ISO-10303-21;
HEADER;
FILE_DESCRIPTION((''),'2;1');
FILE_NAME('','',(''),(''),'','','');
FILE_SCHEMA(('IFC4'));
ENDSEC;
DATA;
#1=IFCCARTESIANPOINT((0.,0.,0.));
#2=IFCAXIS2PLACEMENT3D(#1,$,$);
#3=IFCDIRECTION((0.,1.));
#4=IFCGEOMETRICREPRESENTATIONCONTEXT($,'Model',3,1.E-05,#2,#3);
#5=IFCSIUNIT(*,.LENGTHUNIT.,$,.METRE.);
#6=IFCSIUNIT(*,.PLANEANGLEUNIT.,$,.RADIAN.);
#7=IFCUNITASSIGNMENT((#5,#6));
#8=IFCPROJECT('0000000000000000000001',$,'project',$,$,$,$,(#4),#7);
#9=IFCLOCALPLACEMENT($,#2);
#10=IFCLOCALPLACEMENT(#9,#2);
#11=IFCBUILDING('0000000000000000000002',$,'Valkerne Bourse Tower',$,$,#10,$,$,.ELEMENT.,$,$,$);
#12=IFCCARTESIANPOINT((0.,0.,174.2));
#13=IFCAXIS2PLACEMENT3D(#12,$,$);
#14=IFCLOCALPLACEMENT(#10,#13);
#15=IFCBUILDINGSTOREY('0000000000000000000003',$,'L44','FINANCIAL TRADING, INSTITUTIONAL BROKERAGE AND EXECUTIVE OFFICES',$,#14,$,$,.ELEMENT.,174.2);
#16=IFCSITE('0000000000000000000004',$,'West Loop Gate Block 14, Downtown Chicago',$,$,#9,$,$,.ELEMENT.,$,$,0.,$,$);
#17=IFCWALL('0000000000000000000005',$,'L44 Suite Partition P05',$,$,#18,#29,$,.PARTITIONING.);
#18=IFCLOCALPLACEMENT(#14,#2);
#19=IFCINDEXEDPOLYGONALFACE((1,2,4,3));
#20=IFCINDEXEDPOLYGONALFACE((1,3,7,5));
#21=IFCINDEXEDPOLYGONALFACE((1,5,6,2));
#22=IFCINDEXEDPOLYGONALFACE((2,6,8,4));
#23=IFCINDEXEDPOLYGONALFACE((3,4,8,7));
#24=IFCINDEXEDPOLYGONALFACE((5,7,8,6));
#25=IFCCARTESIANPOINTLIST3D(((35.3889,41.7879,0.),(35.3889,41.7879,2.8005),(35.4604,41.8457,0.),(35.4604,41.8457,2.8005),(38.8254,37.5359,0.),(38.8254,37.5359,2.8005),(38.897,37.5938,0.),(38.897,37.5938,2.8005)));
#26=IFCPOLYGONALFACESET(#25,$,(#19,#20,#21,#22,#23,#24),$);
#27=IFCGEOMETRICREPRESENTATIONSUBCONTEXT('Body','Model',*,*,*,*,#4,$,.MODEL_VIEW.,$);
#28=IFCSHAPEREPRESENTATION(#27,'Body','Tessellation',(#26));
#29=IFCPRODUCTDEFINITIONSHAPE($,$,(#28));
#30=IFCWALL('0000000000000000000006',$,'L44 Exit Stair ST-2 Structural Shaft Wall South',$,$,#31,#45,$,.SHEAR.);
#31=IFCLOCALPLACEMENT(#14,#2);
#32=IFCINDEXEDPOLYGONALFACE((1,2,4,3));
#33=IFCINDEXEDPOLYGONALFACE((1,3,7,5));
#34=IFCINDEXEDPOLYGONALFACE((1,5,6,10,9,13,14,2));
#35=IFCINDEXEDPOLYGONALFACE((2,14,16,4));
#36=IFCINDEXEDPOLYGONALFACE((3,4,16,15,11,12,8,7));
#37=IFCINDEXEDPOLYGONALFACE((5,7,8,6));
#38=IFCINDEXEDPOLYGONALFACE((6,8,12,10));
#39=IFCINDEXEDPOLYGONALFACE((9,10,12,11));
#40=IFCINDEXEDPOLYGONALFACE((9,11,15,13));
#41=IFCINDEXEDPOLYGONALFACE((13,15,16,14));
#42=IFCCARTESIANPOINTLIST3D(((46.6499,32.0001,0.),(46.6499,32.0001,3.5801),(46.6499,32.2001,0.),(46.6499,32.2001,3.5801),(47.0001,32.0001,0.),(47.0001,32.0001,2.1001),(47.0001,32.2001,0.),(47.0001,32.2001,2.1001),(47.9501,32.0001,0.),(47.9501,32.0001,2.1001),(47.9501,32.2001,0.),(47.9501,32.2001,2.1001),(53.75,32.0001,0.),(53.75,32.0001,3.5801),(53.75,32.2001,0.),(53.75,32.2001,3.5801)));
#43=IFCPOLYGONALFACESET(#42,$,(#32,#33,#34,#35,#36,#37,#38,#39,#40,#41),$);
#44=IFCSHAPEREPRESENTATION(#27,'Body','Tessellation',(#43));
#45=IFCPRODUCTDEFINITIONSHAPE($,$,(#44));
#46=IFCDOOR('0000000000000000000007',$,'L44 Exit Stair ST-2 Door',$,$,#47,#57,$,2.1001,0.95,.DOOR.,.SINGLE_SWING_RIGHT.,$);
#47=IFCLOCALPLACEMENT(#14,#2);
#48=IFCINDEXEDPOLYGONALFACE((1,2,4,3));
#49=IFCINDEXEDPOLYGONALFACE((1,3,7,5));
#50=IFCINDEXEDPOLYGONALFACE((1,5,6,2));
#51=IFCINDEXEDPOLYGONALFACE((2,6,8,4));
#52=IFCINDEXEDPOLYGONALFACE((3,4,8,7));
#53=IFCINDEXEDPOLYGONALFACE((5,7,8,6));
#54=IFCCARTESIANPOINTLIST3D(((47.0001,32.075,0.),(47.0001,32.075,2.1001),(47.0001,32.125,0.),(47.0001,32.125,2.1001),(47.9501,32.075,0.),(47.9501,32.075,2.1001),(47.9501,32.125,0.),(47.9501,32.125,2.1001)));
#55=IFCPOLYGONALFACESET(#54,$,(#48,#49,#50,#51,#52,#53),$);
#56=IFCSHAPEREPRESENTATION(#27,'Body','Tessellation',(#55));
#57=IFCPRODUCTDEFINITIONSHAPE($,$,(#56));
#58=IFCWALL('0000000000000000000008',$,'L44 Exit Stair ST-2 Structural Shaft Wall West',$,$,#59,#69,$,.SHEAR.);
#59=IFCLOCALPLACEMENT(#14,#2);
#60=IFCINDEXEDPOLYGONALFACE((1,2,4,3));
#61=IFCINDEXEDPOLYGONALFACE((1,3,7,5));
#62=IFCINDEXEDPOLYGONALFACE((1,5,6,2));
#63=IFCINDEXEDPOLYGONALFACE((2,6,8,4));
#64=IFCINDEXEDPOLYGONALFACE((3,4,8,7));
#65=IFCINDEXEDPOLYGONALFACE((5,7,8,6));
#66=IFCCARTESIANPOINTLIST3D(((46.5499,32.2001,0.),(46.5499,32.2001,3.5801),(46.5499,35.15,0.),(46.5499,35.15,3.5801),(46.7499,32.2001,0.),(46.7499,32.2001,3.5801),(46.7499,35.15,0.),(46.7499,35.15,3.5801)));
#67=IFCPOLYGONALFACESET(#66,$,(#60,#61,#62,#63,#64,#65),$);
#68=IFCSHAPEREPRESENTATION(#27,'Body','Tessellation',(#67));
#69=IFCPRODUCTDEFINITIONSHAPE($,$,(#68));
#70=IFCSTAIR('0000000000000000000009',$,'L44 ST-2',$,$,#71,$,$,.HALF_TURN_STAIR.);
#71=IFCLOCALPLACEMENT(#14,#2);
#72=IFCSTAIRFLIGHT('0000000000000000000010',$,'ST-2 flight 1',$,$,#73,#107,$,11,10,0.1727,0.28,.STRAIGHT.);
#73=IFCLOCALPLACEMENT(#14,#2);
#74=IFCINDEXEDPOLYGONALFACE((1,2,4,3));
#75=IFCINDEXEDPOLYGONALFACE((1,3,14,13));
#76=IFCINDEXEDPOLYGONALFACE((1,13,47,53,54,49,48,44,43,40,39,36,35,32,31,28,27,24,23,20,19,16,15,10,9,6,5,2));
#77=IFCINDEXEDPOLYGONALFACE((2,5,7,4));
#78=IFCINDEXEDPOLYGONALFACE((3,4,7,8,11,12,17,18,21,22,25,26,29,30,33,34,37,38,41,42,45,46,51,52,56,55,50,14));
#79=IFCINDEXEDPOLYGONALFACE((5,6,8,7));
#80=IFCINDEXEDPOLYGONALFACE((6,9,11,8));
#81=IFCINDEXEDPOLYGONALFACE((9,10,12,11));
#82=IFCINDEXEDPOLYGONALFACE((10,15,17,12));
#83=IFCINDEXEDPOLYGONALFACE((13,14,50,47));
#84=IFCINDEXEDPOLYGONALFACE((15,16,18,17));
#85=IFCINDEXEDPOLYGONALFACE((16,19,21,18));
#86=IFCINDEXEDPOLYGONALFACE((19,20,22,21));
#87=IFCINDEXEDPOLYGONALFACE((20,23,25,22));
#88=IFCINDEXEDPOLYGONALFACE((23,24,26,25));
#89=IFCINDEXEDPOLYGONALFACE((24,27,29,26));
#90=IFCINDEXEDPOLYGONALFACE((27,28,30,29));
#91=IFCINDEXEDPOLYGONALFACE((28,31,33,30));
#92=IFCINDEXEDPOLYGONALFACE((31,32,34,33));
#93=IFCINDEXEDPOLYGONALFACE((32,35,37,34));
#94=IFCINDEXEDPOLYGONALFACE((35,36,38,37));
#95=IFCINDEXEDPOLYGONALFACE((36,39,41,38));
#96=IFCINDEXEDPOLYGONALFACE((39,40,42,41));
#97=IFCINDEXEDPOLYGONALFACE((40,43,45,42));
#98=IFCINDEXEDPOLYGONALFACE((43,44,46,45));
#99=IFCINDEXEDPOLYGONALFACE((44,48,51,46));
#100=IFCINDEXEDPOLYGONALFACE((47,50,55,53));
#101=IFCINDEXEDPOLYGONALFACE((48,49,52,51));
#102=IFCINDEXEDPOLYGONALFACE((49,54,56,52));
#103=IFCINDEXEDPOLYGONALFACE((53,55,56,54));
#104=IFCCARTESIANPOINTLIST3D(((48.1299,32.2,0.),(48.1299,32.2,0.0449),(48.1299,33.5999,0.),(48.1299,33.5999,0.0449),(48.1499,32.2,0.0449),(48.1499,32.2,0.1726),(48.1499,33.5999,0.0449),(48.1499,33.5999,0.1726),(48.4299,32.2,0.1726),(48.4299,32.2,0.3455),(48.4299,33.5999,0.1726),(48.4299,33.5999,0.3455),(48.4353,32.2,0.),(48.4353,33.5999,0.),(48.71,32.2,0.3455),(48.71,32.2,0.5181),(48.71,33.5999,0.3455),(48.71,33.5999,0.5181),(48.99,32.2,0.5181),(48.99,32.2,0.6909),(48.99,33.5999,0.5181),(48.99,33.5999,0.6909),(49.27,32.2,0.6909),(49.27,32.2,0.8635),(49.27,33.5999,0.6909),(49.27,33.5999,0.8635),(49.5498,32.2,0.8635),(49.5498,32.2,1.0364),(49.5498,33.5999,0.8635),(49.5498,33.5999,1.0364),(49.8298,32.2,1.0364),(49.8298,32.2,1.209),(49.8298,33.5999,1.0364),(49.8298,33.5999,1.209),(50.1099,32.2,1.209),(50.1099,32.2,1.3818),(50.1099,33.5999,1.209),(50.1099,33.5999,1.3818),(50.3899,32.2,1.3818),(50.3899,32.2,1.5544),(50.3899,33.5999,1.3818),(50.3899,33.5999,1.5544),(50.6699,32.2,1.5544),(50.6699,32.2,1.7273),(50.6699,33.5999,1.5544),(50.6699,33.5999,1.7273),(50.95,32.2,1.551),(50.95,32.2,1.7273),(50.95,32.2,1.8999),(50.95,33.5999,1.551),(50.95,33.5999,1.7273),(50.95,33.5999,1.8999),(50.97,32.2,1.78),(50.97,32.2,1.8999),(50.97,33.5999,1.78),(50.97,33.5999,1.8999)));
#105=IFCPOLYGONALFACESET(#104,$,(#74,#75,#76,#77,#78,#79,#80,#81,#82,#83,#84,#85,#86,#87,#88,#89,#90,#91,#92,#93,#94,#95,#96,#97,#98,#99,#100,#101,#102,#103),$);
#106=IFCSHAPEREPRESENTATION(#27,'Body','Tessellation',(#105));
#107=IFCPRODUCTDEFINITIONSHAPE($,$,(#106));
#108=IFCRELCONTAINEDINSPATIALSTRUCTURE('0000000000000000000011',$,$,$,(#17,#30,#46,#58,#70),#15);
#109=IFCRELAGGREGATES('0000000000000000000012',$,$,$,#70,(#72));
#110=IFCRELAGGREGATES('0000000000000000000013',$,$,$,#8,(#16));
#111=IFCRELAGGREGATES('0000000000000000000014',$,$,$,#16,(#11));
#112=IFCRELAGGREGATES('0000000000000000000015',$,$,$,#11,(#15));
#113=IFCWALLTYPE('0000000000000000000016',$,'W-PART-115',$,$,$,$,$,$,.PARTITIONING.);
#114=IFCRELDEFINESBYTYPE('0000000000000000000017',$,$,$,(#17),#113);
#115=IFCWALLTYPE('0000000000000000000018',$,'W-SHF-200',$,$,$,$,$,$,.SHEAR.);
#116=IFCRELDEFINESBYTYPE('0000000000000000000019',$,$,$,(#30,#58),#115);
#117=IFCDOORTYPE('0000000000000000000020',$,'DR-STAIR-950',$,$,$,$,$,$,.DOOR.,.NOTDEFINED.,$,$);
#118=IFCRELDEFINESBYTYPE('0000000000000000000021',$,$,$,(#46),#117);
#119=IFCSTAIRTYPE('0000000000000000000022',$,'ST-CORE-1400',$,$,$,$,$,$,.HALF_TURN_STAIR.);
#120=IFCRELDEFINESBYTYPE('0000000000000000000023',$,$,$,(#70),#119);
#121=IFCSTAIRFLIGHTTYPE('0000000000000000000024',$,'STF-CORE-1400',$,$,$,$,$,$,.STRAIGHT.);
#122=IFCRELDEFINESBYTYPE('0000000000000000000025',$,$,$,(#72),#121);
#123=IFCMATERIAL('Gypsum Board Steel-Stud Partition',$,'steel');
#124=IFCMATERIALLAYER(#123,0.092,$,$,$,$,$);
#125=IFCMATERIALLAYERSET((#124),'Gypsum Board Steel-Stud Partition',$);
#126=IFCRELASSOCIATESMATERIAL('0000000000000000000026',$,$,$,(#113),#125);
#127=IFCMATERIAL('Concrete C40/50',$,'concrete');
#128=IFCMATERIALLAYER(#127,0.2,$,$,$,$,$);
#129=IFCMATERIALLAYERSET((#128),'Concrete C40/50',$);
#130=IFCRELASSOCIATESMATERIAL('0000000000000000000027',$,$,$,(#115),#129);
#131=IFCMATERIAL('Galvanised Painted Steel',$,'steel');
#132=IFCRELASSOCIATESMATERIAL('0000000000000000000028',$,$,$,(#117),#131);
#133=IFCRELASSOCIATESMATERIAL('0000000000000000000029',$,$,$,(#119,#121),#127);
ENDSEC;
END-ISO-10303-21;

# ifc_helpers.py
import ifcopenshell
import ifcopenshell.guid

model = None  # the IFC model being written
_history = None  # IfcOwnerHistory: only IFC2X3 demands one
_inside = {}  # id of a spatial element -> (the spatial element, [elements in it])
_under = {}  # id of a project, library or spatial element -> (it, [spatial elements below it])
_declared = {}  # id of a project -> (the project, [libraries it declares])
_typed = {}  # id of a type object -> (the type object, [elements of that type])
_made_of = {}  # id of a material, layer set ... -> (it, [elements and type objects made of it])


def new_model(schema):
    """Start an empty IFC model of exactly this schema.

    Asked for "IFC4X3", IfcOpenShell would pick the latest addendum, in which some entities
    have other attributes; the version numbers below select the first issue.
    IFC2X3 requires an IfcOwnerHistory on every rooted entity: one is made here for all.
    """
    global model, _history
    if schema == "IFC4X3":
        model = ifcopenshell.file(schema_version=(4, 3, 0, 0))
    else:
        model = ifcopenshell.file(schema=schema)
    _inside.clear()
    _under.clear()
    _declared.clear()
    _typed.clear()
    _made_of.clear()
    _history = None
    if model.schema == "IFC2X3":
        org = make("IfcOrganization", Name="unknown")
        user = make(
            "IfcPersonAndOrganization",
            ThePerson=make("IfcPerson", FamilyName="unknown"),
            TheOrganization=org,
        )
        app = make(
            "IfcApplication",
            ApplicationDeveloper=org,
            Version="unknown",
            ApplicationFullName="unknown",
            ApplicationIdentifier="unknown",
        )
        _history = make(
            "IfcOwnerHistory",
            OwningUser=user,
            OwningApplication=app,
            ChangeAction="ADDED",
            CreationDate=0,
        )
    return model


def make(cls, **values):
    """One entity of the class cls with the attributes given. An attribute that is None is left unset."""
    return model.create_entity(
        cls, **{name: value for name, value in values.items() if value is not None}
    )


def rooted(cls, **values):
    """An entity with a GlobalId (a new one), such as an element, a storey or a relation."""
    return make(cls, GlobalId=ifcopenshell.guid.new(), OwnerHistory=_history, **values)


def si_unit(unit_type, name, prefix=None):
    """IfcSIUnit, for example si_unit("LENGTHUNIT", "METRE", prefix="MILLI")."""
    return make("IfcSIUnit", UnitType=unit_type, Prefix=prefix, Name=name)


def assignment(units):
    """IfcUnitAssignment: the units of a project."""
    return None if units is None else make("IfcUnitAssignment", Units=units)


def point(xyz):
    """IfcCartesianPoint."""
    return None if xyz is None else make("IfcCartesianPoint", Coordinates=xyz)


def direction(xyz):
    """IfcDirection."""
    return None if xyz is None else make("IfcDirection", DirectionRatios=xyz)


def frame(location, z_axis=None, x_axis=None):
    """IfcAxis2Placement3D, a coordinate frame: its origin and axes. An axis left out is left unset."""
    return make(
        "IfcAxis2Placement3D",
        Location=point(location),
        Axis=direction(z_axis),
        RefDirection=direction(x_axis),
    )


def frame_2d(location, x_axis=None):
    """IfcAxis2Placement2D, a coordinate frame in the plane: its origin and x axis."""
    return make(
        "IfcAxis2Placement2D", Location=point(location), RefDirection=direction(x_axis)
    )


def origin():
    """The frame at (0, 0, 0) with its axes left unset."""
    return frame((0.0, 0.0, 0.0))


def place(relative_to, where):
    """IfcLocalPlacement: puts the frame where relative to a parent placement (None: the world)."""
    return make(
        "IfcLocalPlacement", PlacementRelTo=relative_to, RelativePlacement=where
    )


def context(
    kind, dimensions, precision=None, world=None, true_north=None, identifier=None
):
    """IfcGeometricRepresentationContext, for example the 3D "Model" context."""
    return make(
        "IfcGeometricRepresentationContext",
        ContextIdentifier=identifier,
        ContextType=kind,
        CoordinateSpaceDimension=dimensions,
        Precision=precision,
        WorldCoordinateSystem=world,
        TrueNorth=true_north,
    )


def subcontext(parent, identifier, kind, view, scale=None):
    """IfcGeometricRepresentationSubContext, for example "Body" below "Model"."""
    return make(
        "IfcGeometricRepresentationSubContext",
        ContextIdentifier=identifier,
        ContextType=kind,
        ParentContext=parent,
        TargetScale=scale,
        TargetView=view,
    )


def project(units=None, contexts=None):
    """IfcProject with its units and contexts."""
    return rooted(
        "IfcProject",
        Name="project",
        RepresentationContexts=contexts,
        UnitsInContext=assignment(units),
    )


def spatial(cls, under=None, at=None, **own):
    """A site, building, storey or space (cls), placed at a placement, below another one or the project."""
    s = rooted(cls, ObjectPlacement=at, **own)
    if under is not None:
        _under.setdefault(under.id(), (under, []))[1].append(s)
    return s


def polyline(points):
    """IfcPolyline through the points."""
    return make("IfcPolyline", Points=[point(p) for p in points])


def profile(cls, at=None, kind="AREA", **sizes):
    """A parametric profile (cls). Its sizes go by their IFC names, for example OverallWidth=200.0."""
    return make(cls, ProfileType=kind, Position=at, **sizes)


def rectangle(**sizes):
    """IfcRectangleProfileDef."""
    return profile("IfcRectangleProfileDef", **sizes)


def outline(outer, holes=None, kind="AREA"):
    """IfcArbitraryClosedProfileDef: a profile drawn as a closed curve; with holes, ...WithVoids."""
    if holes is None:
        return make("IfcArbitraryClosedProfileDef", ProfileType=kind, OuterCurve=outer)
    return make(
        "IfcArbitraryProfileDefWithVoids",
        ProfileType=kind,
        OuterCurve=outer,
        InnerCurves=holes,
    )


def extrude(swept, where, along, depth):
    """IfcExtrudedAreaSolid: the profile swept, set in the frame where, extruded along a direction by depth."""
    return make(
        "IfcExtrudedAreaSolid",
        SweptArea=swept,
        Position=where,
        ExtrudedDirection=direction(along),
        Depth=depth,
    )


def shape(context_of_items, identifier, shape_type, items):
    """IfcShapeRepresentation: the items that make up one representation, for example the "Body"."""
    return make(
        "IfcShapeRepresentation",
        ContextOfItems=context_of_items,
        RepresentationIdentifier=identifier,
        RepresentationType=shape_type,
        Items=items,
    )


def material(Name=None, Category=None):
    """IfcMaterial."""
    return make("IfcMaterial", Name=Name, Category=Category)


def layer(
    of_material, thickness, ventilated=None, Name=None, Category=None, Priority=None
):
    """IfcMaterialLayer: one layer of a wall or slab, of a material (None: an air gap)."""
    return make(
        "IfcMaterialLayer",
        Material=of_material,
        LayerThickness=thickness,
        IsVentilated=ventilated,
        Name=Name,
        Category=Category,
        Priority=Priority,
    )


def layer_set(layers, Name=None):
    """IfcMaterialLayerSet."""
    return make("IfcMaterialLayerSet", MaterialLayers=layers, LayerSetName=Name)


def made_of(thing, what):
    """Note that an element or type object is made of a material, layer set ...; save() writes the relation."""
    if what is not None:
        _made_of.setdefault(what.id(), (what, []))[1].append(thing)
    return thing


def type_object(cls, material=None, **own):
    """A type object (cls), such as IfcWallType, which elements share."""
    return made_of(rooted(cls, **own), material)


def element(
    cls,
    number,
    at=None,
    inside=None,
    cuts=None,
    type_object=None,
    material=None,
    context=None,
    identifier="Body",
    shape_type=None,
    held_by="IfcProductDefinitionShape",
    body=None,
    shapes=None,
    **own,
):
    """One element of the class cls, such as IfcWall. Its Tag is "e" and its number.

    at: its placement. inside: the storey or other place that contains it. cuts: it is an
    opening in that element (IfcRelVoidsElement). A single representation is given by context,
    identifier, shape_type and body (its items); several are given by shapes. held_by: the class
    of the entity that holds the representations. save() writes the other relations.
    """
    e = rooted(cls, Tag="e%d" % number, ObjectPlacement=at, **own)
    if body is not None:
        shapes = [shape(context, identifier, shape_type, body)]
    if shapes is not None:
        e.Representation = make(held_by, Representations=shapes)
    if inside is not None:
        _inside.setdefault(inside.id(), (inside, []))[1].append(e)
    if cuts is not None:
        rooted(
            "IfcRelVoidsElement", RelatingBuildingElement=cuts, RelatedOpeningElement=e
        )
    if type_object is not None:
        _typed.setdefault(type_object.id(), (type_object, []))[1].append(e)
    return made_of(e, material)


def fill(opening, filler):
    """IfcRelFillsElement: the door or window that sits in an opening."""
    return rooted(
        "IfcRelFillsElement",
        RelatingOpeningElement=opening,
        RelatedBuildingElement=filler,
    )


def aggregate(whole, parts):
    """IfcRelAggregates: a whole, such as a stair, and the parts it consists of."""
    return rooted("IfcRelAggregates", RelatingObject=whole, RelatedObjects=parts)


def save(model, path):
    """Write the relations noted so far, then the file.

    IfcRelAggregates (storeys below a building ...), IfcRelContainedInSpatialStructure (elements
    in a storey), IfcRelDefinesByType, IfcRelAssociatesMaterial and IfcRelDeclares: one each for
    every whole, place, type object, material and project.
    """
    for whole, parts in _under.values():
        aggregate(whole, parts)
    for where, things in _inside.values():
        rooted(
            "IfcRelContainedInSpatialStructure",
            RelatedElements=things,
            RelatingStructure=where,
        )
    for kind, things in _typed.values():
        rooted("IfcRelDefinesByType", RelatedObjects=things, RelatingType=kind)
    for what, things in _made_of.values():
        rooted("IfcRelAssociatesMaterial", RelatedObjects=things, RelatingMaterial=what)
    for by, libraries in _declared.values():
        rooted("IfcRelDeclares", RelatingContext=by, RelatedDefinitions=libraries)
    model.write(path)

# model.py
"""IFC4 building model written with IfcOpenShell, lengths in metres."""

from ifc_helpers import new_model, si_unit, direction, frame, frame_2d, origin, place, context, subcontext, project, spatial, polyline, rectangle, outline, extrude, material, layer, layer_set, type_object, element, fill, aggregate, save


model = new_model("IFC4")

# Units and contexts
model_context = context("Model", 3, precision=1e-05, world=origin(), true_north=direction((0.0, 1.0)))
body_context = subcontext(model_context, "Body", "Model", "MODEL_VIEW")
ifc_project = project(units=[si_unit("LENGTHUNIT", "METRE"), si_unit("PLANEANGLEUNIT", "RADIAN")], contexts=[model_context])

# Site, building, storey
site_placement = place(None, origin())
site = spatial("IfcSite", under=ifc_project, at=site_placement, Name="West Loop Gate Block 14, Downtown Chicago", CompositionType="ELEMENT", RefElevation=0.0)
building_placement = place(site_placement, origin())
building = spatial("IfcBuilding", under=site, at=building_placement, Name="Valkerne Bourse Tower", CompositionType="ELEMENT")
storey_placement = place(building_placement, frame((0.0, 0.0, 174.2)))
storey = spatial("IfcBuildingStorey", under=building, at=storey_placement, Name="L44", Description="FINANCIAL TRADING, INSTITUTIONAL BROKERAGE AND EXECUTIVE OFFICES", CompositionType="ELEMENT", Elevation=174.2)

# Shared definitions
ifc_material_1 = material(Name="Galvanised Painted Steel", Category="steel")

# Wall
ifc_material_2 = material(Name="Gypsum Board Steel-Stud Partition", Category="steel")
ifc_layer_1 = layer(ifc_material_2, 0.092)
ifc_layer_set_1 = layer_set([ifc_layer_1], Name="Gypsum Board Steel-Stud Partition")
wall_type_1 = type_object("IfcWallType", Name="W-PART-115", PredefinedType="PARTITIONING", material=ifc_layer_set_1)
wall_1_placement = place(storey_placement, frame((38.8611, 37.5649, 0.0), z_axis=(0.0, 0.0, 1.0), x_axis=(-0.628587, 0.77774, 0.0)))
element("IfcWall", 1, at=wall_1_placement, inside=storey, type_object=wall_type_1, Name="L44 Suite Partition P05", PredefinedType="PARTITIONING", context=body_context, shape_type="SweptSolid", body=[
    extrude(rectangle(XDim=5.467, YDim=0.092, at=frame_2d((2.7334, 0.0))), origin(), (0.0, 0.0, 1.0), 2.8005),
])

# Wall, opening, door
ifc_material_3 = material(Name="Concrete C40/50", Category="concrete")
ifc_layer_2 = layer(ifc_material_3, 0.2)
ifc_layer_set_2 = layer_set([ifc_layer_2], Name="Concrete C40/50")
wall_type_2 = type_object("IfcWallType", Name="W-SHF-200", PredefinedType="SHEAR", material=ifc_layer_set_2)
wall_2_placement = place(storey_placement, frame((46.6499, 32.1001, 0.0), z_axis=(0.0, 0.0, 1.0), x_axis=(1.0, 0.0, 0.0)))
wall_2 = element("IfcWall", 2, at=wall_2_placement, inside=storey, type_object=wall_type_2, Name="L44 Exit Stair ST-2 Structural Shaft Wall South", PredefinedType="SHEAR", context=body_context, shape_type="SweptSolid", body=[
    extrude(rectangle(XDim=7.1001, YDim=0.2, at=frame_2d((3.55, 0.0))), origin(), (0.0, 0.0, 1.0), 3.5801),
])
opening_1_placement = place(wall_2_placement, frame((0.3501, 0.0, 0.0)))
opening_1 = element("IfcOpeningElement", 3, at=opening_1_placement, cuts=wall_2, PredefinedType="OPENING", context=body_context, shape_type="SweptSolid", body=[
    extrude(rectangle(XDim=0.95, YDim=2.1001, at=frame_2d((0.4751, 1.05))), frame((0.0, 0.1099, 0.0), z_axis=(0.0, -1.0, 0.0), x_axis=(1.0, 0.0, 0.0)), (0.0, 0.0, 1.0), 0.22),
])
door_type_1 = type_object("IfcDoorType", Name="DR-STAIR-950", OperationType="NOTDEFINED", PredefinedType="DOOR", material=ifc_material_1)
door_1_placement = place(opening_1_placement, origin())
door_1 = element("IfcDoor", 4, at=door_1_placement, inside=storey, type_object=door_type_1, Name="L44 Exit Stair ST-2 Door", OperationType="SINGLE_SWING_RIGHT", OverallHeight=2.1001, OverallWidth=0.95, PredefinedType="DOOR", context=body_context, shape_type="SweptSolid", body=[
    extrude(rectangle(XDim=0.95, YDim=2.1001, at=frame_2d((0.4751, 1.05))), frame((0.0, 0.0249, 0.0), z_axis=(0.0, -1.0, 0.0), x_axis=(1.0, 0.0, 0.0)), (0.0, 0.0, 1.0), 0.05),
])
fill(opening_1, door_1)

# Wall
wall_3_placement = place(storey_placement, frame((46.6499, 32.2, 0.0), z_axis=(0.0, 0.0, 1.0), x_axis=(0.0, 1.0, 0.0)))
element("IfcWall", 5, at=wall_3_placement, inside=storey, type_object=wall_type_2, Name="L44 Exit Stair ST-2 Structural Shaft Wall West", PredefinedType="SHEAR", context=body_context, shape_type="SweptSolid", body=[
    extrude(rectangle(XDim=2.95, YDim=0.2, at=frame_2d((1.4751, 0.0))), origin(), (0.0, 0.0, 1.0), 3.5801),
])

# Stair, stair flight
stair_type = type_object("IfcStairType", Name="ST-CORE-1400", PredefinedType="HALF_TURN_STAIR", material=ifc_material_3)
stair_placement = place(storey_placement, origin())
stair = element("IfcStair", 6, at=stair_placement, inside=storey, type_object=stair_type, Name="L44 ST-2", PredefinedType="HALF_TURN_STAIR")
stair_flight_type = type_object("IfcStairFlightType", Name="STF-CORE-1400", PredefinedType="STRAIGHT", material=ifc_material_3)
stair_flight_placement = place(storey_placement, frame((48.1499, 32.8999, 0.0), z_axis=(0.0, 0.0, 1.0), x_axis=(1.0, 0.0, 0.0)))
stair_flight = element("IfcStairFlight", 7, at=stair_flight_placement, type_object=stair_flight_type, Name="ST-2 flight 1", NumberOfRisers=11, NumberOfTreads=10, PredefinedType="STRAIGHT", RiserHeight=0.1727, TreadLength=0.28, context=body_context, shape_type="SweptSolid", body=[
    extrude(outline(polyline([(-0.02, 0.0), (-0.02, 0.0449), (0.0, 0.0449), (0.0, 0.1726), (0.28, 0.1726), (0.28, 0.3455), (0.5601, 0.3455), (0.5601, 0.5181), (0.8401, 0.5181), (0.8401, 0.6909), (1.1201, 0.6909), (1.1201, 0.8635), (1.3999, 0.8635), (1.3999, 1.0364), (1.6799, 1.0364), (1.6799, 1.209), (1.96, 1.209), (1.96, 1.3818), (2.24, 1.3818), (2.24, 1.5544), (2.52, 1.5544), (2.52, 1.7273), (2.8, 1.7273), (2.8, 1.8999), (2.8201, 1.8999), (2.8201, 1.78), (2.8, 1.551), (0.2854, 0.0), (-0.02, 0.0)])), frame((0.0, 0.7, 0.0), z_axis=(0.0, -1.0, 0.0), x_axis=(1.0, 0.0, 0.0)), (0.0, 0.0, 1.0), 1.3999),
])
aggregate(stair, [stair_flight])

save(model, "model.ifc")
